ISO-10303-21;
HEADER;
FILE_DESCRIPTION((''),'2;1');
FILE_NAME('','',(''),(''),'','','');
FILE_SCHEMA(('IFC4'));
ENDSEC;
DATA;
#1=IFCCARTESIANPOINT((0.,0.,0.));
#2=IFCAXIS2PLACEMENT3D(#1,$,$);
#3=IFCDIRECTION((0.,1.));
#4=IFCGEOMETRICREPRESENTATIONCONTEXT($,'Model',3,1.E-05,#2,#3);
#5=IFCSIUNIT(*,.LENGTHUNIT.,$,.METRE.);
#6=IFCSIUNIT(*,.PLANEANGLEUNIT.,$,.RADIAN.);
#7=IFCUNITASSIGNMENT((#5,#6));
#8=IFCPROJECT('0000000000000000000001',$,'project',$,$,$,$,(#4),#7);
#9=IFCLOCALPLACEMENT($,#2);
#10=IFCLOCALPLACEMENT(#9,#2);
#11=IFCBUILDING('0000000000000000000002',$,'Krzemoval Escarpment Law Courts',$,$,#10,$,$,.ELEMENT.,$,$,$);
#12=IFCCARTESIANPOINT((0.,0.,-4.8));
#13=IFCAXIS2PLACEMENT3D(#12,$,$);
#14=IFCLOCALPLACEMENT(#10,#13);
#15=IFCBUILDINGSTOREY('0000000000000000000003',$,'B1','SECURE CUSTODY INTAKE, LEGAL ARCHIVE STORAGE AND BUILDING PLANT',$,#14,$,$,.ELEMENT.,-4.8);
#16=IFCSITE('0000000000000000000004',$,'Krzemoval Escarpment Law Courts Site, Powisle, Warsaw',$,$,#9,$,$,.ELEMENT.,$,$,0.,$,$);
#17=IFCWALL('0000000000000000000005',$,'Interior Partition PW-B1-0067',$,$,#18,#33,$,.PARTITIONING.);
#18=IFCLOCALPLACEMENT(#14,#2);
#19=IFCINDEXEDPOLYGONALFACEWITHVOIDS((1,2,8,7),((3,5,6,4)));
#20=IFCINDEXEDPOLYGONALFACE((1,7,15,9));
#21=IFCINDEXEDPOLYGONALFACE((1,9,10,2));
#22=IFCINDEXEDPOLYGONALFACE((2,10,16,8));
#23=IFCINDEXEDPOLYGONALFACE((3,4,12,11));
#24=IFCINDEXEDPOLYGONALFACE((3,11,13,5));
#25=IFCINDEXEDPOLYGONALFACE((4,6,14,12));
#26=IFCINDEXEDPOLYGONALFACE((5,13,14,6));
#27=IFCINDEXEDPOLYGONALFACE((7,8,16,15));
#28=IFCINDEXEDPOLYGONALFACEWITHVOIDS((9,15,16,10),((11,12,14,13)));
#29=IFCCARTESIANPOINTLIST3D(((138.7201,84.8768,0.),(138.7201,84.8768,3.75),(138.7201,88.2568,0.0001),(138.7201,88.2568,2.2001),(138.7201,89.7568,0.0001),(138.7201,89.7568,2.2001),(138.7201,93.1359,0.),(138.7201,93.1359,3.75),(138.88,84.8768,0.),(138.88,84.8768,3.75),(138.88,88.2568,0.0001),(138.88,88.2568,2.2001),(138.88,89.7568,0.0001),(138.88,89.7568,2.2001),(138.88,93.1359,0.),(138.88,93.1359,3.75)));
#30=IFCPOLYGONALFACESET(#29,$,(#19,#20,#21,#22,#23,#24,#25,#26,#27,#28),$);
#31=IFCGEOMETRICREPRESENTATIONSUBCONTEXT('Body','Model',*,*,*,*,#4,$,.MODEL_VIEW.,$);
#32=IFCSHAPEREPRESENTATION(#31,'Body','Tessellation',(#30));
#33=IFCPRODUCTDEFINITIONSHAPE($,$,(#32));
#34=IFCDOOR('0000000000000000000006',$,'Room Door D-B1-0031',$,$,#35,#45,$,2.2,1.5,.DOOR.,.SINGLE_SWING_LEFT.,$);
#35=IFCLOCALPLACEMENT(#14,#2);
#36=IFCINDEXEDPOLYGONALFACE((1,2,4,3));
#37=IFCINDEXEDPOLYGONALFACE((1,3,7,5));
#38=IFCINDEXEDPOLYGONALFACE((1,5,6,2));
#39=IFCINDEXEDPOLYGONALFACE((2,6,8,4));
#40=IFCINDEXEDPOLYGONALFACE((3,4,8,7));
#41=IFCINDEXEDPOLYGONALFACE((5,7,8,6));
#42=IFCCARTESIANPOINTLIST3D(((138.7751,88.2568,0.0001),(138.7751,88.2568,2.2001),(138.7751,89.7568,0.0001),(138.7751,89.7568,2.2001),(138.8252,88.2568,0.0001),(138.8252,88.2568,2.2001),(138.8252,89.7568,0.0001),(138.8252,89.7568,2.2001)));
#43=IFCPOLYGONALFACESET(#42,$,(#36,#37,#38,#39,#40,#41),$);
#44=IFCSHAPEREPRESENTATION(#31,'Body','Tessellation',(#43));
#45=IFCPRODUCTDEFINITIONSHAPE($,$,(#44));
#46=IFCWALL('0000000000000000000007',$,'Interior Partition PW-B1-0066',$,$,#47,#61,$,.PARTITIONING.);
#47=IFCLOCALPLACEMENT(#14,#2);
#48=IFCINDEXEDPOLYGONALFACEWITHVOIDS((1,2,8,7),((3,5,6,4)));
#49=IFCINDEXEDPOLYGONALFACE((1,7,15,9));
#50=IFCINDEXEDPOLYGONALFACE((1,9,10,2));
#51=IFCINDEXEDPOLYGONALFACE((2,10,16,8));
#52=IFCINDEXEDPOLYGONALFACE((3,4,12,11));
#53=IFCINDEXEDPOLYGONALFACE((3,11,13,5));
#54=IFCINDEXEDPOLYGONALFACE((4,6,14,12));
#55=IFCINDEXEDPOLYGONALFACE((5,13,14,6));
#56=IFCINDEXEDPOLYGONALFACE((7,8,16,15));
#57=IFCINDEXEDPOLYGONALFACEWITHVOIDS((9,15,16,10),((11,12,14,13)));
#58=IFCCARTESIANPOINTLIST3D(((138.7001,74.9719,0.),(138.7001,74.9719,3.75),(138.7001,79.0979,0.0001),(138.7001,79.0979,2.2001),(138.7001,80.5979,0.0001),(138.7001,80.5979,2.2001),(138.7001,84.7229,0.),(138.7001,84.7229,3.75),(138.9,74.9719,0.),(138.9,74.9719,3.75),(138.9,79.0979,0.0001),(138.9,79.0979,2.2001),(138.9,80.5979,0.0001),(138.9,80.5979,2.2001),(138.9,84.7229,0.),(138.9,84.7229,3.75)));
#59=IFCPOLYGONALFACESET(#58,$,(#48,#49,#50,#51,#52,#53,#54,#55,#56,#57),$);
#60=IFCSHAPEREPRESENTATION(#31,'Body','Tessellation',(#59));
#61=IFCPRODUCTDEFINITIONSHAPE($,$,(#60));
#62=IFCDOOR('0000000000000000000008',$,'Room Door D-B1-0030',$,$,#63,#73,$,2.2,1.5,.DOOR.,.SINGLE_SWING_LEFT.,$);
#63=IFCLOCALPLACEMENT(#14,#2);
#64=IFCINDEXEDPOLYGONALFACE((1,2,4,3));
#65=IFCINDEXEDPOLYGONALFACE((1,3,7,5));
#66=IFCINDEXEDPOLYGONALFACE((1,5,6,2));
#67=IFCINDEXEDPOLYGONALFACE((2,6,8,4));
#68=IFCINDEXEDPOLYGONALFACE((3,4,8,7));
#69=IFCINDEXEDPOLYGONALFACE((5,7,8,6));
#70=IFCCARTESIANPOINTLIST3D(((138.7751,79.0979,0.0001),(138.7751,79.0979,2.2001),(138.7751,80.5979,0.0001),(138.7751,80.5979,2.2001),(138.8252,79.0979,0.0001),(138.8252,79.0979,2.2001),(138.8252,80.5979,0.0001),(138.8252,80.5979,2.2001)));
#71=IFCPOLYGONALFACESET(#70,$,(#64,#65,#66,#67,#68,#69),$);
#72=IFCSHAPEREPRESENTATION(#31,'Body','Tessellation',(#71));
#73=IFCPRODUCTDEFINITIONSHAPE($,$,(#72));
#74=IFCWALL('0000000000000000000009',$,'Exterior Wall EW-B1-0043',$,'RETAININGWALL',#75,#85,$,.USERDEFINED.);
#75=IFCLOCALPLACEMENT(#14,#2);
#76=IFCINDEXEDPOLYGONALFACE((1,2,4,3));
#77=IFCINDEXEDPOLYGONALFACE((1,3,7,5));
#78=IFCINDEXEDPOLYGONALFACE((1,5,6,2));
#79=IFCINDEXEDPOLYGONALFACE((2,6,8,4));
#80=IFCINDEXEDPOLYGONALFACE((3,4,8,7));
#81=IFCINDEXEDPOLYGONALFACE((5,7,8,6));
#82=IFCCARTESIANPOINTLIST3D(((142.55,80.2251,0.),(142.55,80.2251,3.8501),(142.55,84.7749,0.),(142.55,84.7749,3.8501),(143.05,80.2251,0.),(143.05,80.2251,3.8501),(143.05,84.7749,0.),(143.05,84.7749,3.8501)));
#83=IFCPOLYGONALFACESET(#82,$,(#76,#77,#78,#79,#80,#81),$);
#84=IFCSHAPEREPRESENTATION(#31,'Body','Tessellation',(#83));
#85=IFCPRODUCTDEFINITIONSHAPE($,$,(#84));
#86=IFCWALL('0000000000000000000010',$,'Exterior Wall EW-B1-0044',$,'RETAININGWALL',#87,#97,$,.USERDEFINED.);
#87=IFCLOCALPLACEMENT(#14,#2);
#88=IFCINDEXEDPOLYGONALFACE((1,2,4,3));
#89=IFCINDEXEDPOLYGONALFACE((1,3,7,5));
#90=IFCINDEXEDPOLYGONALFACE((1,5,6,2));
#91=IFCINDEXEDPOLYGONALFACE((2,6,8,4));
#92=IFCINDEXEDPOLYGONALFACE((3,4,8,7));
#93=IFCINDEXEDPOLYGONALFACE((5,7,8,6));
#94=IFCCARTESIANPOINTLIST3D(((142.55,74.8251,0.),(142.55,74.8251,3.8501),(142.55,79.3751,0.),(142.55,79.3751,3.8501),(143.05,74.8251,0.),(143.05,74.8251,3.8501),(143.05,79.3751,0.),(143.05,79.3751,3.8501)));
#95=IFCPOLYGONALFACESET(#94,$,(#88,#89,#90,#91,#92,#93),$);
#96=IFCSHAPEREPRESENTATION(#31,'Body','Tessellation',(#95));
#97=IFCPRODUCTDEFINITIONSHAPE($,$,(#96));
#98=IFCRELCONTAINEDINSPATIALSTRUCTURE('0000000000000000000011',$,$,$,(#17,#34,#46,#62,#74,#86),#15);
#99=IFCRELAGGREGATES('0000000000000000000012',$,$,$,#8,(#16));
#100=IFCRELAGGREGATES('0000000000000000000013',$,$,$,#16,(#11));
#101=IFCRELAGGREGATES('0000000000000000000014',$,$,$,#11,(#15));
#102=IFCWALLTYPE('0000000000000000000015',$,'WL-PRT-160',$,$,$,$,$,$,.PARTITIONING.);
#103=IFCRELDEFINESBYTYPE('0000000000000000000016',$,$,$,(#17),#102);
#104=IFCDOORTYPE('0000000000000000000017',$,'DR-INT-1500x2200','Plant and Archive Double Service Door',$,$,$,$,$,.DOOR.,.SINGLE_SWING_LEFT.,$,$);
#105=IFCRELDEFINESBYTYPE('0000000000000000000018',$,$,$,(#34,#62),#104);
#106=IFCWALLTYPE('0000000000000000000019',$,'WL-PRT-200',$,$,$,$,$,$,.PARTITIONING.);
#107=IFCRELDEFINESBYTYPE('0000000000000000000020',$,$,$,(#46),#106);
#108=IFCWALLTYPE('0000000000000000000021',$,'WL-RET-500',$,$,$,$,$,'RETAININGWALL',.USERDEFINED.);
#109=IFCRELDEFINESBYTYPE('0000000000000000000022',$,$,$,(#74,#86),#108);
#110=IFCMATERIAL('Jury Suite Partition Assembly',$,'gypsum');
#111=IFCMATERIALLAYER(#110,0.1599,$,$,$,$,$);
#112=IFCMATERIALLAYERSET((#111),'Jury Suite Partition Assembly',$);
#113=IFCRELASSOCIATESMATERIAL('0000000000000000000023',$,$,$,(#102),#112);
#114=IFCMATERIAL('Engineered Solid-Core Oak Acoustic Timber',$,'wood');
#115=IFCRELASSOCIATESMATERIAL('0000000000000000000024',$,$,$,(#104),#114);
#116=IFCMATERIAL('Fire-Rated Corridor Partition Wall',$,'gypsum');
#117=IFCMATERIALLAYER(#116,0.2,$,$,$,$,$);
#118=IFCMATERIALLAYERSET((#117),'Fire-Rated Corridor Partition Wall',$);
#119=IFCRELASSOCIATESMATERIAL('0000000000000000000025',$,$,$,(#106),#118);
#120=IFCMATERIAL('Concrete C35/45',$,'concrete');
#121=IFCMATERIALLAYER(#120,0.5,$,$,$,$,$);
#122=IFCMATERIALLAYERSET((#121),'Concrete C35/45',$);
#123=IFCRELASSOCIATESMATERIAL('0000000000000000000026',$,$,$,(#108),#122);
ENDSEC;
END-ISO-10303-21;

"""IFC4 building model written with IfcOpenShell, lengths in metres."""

from ifc_helpers import new_model, si_unit, direction, frame, frame_2d, origin, place, context, subcontext, project, spatial, rectangle, extrude, material, layer, layer_set, type_object, element, fill, save


model = new_model("IFC4")

# Units and contexts
model_context = context("Model", 3, precision=1e-05, world=origin(), true_north=direction((0.0, 1.0)))
body_context = subcontext(model_context, "Body", "Model", "MODEL_VIEW")
ifc_project = project(units=[si_unit("LENGTHUNIT", "METRE"), si_unit("PLANEANGLEUNIT", "RADIAN")], contexts=[model_context])

# Site, building, storey
site_placement = place(None, origin())
site = spatial("IfcSite", under=ifc_project, at=site_placement, Name="Krzemoval Escarpment Law Courts Site, Powisle, Warsaw", CompositionType="ELEMENT", RefElevation=0.0)
building_placement = place(site_placement, origin())
building = spatial("IfcBuilding", under=site, at=building_placement, Name="Krzemoval Escarpment Law Courts", CompositionType="ELEMENT")
storey_placement = place(building_placement, frame((0.0, 0.0, -4.8)))
storey = spatial("IfcBuildingStorey", under=building, at=storey_placement, Name="B1", Description="SECURE CUSTODY INTAKE, LEGAL ARCHIVE STORAGE AND BUILDING PLANT", CompositionType="ELEMENT", Elevation=-4.8)

# Walls, openings, doors
ifc_material_1 = material(Name="Jury Suite Partition Assembly", Category="gypsum")
ifc_layer_1 = layer(ifc_material_1, 0.1599)
ifc_layer_set_1 = layer_set([ifc_layer_1], Name="Jury Suite Partition Assembly")
wall_type_1 = type_object("IfcWallType", Name="WL-PRT-160", PredefinedType="PARTITIONING", material=ifc_layer_set_1)
wall_1_placement = place(storey_placement, frame((138.8, 84.877, 0.0), z_axis=(0.0, 0.0, 1.0), x_axis=(0.0, 1.0, 0.0)))
wall_1 = element("IfcWall", 1, at=wall_1_placement, inside=storey, type_object=wall_type_1, Name="Interior Partition PW-B1-0067", PredefinedType="PARTITIONING", context=body_context, shape_type="SweptSolid", body=[
    extrude(rectangle(XDim=8.259, YDim=0.1599, at=frame_2d((4.1294, 0.0))), origin(), (0.0, 0.0, 1.0), 3.75),
])
opening_1_placement = place(wall_1_placement, frame((3.3799, 0.0, 0.0)))
opening_1 = element("IfcOpeningElement", 2, at=opening_1_placement, cuts=wall_1, PredefinedType="OPENING", context=body_context, shape_type="SweptSolid", body=[
    extrude(rectangle(XDim=1.5, YDim=2.2, at=frame_2d((0.75, 1.1001))), frame((0.0, 0.095, 0.0), z_axis=(0.0, -1.0, 0.0), x_axis=(1.0, 0.0, 0.0)), (0.0, 0.0, 1.0), 0.1899),
])
ifc_material_2 = material(Name="Engineered Solid-Core Oak Acoustic Timber", Category="wood")
door_type = type_object("IfcDoorType", Name="DR-INT-1500x2200", Description="Plant and Archive Double Service Door", OperationType="SINGLE_SWING_LEFT", PredefinedType="DOOR", material=ifc_material_2)
door_1_placement = place(opening_1_placement, origin())
door_1 = element("IfcDoor", 3, at=door_1_placement, inside=storey, type_object=door_type, Name="Room Door D-B1-0031", OperationType="SINGLE_SWING_LEFT", OverallHeight=2.2, OverallWidth=1.5, PredefinedType="DOOR", context=body_context, shape_type="SweptSolid", body=[
    extrude(rectangle(XDim=1.5, YDim=2.2, at=frame_2d((0.75, 1.1001))), frame((0.0, 0.0249, 0.0), z_axis=(0.0, -1.0, 0.0), x_axis=(1.0, 0.0, 0.0)), (0.0, 0.0, 1.0), 0.05),
])
fill(opening_1, door_1)
ifc_material_3 = material(Name="Fire-Rated Corridor Partition Wall", Category="gypsum")
ifc_layer_2 = layer(ifc_material_3, 0.2)
ifc_layer_set_2 = layer_set([ifc_layer_2], Name="Fire-Rated Corridor Partition Wall")
wall_type_2 = type_object("IfcWallType", Name="WL-PRT-200", PredefinedType="PARTITIONING", material=ifc_layer_set_2)
wall_2_placement = place(storey_placement, frame((138.8, 74.9719, 0.0), z_axis=(0.0, 0.0, 1.0), x_axis=(0.0, 1.0, 0.0)))
wall_2 = element("IfcWall", 4, at=wall_2_placement, inside=storey, type_object=wall_type_2, Name="Interior Partition PW-B1-0066", PredefinedType="PARTITIONING", context=body_context, shape_type="SweptSolid", body=[
    extrude(rectangle(XDim=9.751, YDim=0.2, at=frame_2d((4.8755, 0.0))), origin(), (0.0, 0.0, 1.0), 3.75),
])
opening_2_placement = place(wall_2_placement, frame((4.126, 0.0, 0.0)))
opening_2 = element("IfcOpeningElement", 5, at=opening_2_placement, cuts=wall_2, PredefinedType="OPENING", context=body_context, shape_type="SweptSolid", body=[
    extrude(rectangle(XDim=1.5, YDim=2.2, at=frame_2d((0.75, 1.1001))), frame((0.0, 0.115, 0.0), z_axis=(0.0, -1.0, 0.0), x_axis=(1.0, 0.0, 0.0)), (0.0, 0.0, 1.0), 0.2299),
])
door_2_placement = place(opening_2_placement, origin())
door_2 = element("IfcDoor", 6, at=door_2_placement, inside=storey, type_object=door_type, Name="Room Door D-B1-0030", OperationType="SINGLE_SWING_LEFT", OverallHeight=2.2, OverallWidth=1.5, PredefinedType="DOOR", context=body_context, shape_type="SweptSolid", body=[
    extrude(rectangle(XDim=1.5, YDim=2.2, at=frame_2d((0.75, 1.1001))), frame((0.0, 0.0249, 0.0), z_axis=(0.0, -1.0, 0.0), x_axis=(1.0, 0.0, 0.0)), (0.0, 0.0, 1.0), 0.05),
])
fill(opening_2, door_2)

# Walls
ifc_material_4 = material(Name="Concrete C35/45", Category="concrete")
ifc_layer_3 = layer(ifc_material_4, 0.5)
ifc_layer_set_3 = layer_set([ifc_layer_3], Name="Concrete C35/45")
wall_type_3 = type_object("IfcWallType", Name="WL-RET-500", ElementType="RETAININGWALL", PredefinedType="USERDEFINED", material=ifc_layer_set_3)
wall_3_placement = place(storey_placement, frame((142.8, 84.7749, 0.0), z_axis=(0.0, 0.0, 1.0), x_axis=(0.0, -1.0, 0.0)))
element("IfcWall", 7, at=wall_3_placement, inside=storey, type_object=wall_type_3, Name="Exterior Wall EW-B1-0043", ObjectType="RETAININGWALL", PredefinedType="USERDEFINED", context=body_context, shape_type="SweptSolid", body=[
    extrude(rectangle(XDim=4.5498, YDim=0.5, at=frame_2d((2.2749, 0.0))), origin(), (0.0, 0.0, 1.0), 3.8501),
])
wall_4_placement = place(storey_placement, frame((142.8, 79.375, 0.0), z_axis=(0.0, 0.0, 1.0), x_axis=(0.0, -1.0, 0.0)))
element("IfcWall", 8, at=wall_4_placement, inside=storey, type_object=wall_type_3, Name="Exterior Wall EW-B1-0044", ObjectType="RETAININGWALL", PredefinedType="USERDEFINED", context=body_context, shape_type="SweptSolid", body=[
    extrude(rectangle(XDim=4.55, YDim=0.5, at=frame_2d((2.2749, 0.0))), origin(), (0.0, 0.0, 1.0), 3.8501),
])

save(model, "model.ifc")
